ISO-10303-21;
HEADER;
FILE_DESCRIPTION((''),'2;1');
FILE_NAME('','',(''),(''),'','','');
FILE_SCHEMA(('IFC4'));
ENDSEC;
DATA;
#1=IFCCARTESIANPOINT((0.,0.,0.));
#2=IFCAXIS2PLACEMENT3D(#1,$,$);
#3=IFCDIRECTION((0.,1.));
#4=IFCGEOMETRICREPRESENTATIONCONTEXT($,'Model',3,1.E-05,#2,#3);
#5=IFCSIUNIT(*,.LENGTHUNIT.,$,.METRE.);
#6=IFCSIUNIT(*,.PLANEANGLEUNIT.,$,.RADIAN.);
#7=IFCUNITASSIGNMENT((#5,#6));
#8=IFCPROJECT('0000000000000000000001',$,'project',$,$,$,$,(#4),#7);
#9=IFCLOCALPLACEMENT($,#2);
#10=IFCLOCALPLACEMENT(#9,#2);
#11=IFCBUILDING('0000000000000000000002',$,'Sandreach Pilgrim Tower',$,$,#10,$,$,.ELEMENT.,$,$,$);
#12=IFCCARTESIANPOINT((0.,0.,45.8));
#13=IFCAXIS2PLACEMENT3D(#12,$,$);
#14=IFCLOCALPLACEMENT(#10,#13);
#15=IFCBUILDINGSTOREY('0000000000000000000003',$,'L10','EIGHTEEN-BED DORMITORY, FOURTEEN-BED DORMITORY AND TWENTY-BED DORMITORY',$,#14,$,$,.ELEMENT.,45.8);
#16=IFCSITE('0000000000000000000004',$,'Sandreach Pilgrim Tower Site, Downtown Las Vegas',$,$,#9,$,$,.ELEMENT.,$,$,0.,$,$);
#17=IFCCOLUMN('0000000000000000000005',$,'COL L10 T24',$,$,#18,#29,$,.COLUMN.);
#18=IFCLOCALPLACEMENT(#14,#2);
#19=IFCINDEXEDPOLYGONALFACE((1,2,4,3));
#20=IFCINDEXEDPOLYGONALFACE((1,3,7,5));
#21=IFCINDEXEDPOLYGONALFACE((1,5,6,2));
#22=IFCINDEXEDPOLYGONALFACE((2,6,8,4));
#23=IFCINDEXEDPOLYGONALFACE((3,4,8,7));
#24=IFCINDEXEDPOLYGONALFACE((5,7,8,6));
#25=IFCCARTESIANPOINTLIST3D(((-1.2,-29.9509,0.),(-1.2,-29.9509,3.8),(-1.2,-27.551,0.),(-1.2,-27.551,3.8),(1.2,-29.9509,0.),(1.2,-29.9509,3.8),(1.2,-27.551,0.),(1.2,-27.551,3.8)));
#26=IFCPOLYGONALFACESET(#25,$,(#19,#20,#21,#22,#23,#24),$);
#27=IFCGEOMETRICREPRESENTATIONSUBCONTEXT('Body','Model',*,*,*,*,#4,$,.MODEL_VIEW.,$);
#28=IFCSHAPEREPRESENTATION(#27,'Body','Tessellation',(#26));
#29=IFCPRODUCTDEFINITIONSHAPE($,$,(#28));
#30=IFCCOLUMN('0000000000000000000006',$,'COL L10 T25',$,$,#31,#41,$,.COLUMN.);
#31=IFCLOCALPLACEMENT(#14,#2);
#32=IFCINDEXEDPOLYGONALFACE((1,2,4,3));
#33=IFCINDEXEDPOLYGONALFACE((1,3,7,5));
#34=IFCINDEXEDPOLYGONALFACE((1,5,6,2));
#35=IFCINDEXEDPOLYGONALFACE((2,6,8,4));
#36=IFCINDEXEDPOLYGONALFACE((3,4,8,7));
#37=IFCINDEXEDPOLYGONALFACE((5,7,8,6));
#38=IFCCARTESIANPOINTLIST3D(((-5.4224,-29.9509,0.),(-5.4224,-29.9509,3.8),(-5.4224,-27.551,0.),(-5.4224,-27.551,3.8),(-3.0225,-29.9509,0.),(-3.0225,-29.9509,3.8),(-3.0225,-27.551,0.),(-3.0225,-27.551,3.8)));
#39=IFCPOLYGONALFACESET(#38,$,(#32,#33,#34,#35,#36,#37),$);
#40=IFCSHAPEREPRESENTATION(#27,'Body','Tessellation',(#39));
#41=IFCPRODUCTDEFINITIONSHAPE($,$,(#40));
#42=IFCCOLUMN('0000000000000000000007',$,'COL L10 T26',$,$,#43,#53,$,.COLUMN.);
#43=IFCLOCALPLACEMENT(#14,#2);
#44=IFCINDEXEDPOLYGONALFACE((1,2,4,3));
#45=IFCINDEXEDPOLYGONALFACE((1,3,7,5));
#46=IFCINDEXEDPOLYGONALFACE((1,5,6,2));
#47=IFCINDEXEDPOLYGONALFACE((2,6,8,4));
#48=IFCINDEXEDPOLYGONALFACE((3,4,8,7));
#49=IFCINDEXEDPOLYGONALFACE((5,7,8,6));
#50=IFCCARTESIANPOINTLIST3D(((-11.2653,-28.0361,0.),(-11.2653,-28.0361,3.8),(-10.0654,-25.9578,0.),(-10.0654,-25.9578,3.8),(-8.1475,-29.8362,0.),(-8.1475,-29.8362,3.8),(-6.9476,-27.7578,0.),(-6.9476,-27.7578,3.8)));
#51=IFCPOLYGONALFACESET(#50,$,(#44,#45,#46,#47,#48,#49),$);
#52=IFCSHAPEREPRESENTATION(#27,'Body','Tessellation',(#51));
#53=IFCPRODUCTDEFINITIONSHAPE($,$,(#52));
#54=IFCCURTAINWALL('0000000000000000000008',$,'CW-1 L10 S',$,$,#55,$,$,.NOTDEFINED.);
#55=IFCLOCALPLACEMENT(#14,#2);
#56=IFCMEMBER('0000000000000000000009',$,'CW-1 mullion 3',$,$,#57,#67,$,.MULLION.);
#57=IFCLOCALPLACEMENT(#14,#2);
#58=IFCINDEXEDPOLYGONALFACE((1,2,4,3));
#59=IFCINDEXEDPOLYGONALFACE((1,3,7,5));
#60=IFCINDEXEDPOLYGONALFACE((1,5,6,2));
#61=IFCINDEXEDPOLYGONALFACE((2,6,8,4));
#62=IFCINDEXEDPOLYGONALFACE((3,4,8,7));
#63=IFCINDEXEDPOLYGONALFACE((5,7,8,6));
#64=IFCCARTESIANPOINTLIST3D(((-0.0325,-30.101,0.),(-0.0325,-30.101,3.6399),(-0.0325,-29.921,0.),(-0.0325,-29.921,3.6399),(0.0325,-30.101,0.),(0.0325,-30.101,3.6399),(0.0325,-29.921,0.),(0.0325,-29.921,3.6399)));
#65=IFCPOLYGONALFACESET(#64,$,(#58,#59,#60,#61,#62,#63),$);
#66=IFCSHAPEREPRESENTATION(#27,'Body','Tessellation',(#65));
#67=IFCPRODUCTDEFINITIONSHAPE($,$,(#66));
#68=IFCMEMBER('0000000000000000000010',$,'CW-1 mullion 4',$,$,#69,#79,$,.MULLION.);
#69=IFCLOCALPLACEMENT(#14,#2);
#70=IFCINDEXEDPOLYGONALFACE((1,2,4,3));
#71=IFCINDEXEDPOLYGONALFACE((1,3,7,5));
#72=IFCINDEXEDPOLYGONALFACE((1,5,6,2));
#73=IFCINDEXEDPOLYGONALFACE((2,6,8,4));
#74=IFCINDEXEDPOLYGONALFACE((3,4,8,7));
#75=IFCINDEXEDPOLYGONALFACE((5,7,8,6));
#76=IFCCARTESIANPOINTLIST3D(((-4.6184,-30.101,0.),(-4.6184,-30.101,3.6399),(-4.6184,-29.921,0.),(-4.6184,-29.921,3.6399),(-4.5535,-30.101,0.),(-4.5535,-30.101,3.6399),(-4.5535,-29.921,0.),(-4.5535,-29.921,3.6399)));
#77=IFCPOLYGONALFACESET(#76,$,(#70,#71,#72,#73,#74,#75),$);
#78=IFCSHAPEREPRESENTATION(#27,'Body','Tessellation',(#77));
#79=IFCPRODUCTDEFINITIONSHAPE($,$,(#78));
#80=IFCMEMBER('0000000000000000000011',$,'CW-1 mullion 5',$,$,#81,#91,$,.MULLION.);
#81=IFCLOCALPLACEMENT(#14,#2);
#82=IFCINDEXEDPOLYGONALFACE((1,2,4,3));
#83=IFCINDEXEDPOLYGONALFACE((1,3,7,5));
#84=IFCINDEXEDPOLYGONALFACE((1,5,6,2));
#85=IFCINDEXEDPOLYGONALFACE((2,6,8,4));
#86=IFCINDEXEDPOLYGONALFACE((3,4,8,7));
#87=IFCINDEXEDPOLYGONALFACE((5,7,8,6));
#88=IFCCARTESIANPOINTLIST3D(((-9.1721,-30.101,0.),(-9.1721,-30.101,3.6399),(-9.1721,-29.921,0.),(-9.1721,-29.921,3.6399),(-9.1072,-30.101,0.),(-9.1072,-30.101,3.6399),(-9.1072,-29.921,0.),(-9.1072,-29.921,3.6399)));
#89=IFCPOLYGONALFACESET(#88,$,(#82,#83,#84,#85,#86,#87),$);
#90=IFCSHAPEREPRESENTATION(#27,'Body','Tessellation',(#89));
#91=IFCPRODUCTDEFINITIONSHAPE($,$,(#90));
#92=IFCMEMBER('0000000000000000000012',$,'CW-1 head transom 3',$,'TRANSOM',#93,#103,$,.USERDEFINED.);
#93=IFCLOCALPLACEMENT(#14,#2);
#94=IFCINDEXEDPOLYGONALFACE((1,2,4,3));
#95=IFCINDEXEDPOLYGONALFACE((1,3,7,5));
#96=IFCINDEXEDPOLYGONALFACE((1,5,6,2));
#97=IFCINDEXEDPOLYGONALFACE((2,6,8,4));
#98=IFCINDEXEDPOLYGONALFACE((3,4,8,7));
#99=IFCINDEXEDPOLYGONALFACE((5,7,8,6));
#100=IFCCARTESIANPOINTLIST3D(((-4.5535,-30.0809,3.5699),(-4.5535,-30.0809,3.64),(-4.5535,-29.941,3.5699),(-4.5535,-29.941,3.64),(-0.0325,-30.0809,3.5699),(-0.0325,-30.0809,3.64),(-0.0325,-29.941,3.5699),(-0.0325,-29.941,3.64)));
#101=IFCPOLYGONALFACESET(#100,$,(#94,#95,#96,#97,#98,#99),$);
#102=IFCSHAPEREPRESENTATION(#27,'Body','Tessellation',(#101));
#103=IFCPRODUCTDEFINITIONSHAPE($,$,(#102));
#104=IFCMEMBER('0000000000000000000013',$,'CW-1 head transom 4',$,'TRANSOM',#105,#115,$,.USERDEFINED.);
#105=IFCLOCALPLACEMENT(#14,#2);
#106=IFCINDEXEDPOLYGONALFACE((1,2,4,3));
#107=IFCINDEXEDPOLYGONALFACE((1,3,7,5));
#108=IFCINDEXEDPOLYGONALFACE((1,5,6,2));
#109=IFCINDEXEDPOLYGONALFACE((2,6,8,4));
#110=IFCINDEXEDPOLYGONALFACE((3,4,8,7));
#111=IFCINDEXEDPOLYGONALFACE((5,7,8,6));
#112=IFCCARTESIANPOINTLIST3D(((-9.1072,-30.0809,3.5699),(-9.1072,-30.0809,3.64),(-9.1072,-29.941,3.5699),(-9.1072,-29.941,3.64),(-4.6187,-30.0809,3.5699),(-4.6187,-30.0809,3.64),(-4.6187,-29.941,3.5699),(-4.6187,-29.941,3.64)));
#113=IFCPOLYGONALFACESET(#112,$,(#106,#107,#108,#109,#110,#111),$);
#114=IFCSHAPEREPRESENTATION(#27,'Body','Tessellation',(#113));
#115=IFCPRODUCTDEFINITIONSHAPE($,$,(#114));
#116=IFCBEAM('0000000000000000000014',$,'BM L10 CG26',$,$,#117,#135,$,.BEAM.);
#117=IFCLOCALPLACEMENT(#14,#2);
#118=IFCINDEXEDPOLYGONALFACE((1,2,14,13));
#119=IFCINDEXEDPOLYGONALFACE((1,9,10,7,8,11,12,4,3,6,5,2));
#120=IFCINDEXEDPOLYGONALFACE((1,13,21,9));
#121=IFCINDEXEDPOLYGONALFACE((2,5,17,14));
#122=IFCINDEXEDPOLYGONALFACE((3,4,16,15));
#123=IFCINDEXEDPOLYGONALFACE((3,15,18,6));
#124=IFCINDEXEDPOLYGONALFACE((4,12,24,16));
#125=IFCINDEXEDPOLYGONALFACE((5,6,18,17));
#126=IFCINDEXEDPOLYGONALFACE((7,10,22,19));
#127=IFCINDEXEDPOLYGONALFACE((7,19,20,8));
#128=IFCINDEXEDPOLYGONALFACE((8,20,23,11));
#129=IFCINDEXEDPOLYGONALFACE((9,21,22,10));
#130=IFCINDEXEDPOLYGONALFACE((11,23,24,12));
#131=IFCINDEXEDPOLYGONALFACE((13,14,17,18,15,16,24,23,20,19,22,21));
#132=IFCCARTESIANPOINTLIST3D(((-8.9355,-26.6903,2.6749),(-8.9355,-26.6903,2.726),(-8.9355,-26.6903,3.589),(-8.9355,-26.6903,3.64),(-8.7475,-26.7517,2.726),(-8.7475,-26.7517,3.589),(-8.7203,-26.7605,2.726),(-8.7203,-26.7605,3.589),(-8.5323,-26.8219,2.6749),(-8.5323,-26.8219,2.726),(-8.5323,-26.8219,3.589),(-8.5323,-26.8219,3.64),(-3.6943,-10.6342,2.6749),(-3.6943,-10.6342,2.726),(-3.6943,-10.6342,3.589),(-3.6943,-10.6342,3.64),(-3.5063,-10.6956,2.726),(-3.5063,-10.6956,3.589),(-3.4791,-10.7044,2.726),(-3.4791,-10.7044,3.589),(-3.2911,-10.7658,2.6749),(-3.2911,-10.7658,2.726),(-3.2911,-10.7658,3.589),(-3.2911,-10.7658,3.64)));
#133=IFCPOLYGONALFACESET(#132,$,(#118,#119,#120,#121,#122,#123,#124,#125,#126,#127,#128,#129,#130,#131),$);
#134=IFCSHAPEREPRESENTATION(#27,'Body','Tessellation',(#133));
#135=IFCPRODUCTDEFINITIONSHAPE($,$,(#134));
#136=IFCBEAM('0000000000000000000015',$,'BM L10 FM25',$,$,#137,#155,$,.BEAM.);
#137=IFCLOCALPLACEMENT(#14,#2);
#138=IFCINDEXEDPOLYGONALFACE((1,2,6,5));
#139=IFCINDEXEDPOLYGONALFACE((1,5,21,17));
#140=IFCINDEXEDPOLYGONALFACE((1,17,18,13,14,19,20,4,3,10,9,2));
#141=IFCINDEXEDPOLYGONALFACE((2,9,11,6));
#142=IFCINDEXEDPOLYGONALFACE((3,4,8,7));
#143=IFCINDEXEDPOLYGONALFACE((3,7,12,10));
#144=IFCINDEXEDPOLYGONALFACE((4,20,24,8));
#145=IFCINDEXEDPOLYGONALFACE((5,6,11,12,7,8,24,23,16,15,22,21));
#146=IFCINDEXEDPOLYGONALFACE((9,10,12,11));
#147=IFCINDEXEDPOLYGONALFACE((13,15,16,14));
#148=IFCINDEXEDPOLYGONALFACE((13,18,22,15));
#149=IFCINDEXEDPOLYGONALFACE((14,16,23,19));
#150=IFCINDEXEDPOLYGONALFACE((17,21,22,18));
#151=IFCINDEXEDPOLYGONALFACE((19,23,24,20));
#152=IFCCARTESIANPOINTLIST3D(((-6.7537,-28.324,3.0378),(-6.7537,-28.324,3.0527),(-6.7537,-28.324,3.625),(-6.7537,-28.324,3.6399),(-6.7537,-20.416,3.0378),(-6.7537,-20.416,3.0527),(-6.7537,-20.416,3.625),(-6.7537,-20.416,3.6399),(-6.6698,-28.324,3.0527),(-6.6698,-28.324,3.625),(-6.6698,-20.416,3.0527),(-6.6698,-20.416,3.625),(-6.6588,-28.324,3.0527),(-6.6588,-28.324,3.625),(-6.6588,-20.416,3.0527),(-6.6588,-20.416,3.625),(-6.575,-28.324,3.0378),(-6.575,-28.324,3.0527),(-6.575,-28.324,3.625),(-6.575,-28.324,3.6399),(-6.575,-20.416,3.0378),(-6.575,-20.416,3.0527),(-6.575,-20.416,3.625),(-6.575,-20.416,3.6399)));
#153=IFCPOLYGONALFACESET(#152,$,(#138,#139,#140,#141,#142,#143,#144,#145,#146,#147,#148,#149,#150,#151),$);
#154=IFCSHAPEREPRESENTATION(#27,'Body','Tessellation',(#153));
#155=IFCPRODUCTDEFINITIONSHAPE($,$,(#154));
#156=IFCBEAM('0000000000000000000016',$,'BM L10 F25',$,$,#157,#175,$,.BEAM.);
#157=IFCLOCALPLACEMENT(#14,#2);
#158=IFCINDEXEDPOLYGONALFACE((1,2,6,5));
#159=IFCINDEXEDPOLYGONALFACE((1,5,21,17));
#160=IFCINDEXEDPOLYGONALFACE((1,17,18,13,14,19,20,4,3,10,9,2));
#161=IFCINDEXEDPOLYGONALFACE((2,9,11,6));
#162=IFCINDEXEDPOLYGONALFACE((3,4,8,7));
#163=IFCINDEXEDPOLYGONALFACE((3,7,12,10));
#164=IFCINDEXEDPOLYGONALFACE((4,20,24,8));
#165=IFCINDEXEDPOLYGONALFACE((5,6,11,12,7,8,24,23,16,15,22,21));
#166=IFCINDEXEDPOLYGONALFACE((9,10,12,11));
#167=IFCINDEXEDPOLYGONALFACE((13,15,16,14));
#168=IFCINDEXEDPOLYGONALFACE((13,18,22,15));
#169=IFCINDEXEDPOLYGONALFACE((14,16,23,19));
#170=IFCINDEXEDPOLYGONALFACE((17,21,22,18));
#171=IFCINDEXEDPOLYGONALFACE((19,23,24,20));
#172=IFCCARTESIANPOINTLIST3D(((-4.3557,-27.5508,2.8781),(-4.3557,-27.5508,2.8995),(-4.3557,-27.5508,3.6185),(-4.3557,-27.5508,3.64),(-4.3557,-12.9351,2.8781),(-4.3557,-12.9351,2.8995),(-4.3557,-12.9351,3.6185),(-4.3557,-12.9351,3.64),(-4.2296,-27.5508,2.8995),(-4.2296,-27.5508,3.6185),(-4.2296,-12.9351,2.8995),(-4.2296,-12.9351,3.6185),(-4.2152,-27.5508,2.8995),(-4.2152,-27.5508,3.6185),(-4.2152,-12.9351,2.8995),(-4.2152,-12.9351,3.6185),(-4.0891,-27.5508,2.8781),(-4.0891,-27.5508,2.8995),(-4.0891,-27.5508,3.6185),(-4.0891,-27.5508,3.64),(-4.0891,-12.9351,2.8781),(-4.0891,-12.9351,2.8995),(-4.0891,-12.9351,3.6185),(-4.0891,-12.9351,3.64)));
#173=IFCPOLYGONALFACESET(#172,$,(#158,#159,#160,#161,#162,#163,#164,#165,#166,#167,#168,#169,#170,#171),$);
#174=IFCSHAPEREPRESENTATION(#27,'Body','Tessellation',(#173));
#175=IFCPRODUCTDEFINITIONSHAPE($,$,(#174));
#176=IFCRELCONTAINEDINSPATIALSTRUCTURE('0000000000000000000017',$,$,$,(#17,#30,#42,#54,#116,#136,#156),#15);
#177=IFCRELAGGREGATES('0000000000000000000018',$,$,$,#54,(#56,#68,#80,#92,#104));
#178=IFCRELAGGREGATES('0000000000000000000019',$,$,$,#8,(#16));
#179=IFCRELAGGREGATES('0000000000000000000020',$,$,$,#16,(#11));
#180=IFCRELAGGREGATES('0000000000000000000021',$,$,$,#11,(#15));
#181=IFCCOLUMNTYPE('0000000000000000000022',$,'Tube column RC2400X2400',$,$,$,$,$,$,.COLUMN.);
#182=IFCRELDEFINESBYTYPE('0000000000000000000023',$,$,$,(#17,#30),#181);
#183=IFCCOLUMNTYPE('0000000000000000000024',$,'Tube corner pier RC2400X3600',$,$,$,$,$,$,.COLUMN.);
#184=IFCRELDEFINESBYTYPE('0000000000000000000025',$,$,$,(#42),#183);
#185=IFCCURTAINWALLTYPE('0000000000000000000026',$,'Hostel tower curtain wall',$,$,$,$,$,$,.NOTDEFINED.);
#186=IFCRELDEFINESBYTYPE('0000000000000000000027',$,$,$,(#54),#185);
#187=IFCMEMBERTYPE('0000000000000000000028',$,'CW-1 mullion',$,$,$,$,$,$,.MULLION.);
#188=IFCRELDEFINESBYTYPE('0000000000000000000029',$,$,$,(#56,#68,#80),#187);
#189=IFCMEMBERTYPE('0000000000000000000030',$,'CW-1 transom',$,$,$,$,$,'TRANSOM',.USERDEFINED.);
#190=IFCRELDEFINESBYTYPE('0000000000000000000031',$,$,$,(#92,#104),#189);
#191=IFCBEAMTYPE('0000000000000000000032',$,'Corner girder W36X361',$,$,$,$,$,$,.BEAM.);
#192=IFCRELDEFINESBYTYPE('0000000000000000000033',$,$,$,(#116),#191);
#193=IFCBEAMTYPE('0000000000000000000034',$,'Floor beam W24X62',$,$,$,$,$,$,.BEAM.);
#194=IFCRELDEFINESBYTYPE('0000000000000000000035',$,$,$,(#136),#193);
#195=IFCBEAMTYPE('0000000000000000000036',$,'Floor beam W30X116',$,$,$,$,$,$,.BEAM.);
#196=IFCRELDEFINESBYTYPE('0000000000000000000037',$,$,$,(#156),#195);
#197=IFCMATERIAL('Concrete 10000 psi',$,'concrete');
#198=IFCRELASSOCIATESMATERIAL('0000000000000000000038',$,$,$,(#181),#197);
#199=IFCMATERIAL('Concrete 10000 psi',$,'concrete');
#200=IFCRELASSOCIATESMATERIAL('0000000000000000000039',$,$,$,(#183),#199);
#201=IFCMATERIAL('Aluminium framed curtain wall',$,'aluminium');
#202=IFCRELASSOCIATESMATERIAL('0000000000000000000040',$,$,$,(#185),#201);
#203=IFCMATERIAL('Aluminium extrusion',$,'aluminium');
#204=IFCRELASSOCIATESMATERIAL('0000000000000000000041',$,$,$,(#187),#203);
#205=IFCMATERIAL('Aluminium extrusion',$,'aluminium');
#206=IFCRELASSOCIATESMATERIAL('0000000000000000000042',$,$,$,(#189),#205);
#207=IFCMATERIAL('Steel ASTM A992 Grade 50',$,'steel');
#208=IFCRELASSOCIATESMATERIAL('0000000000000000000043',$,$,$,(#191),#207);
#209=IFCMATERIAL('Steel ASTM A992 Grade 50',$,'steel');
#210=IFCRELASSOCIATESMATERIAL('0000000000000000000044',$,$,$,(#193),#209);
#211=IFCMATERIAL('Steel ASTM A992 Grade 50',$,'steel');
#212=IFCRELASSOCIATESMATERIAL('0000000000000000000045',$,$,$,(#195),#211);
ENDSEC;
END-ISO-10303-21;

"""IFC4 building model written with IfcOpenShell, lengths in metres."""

from ifc_helpers import new_model, si_unit, direction, frame, origin, origin_2d, place, context, subcontext, project, spatial, rectangle, i_section, extrude, material, material_profile, profile_set, type_object, element, aggregate, save


model = new_model("IFC4")

# Units and contexts
model_context = context("Model", 3, precision=1e-05, world=origin(), true_north=direction((0.0, 1.0)))
body_context = subcontext(model_context, "Body", "Model", "MODEL_VIEW")
ifc_project = project(units=[si_unit("LENGTHUNIT", "METRE"), si_unit("PLANEANGLEUNIT", "RADIAN")], contexts=[model_context])

# Site, building, storey
site_placement = place(None, origin())
site = spatial("IfcSite", under=ifc_project, at=site_placement, Name="Sandreach Pilgrim Tower Site, Downtown Las Vegas", CompositionType="ELEMENT", RefElevation=0.0)
building_placement = place(site_placement, origin())
building = spatial("IfcBuilding", under=site, at=building_placement, Name="Sandreach Pilgrim Tower", CompositionType="ELEMENT")
storey_placement = place(building_placement, frame((0.0, 0.0, 45.8)))
storey = spatial("IfcBuildingStorey", under=building, at=storey_placement, Name="L10", Description="EIGHTEEN-BED DORMITORY, FOURTEEN-BED DORMITORY AND TWENTY-BED DORMITORY", CompositionType="ELEMENT", Elevation=45.8)

# Columns
ifc_material_1 = material(Name="Concrete 10000 psi", Category="concrete")
ifc_material_profile_1 = material_profile(ifc_material_1, rectangle(XDim=2.3999, YDim=2.3999, at=origin_2d()), Name="RC2400X2400")
ifc_profile_set_1 = profile_set([ifc_material_profile_1], Name="Concrete 10000 psi")
column_type_1 = type_object("IfcColumnType", Name="Tube column RC2400X2400", PredefinedType="COLUMN", material=ifc_profile_set_1)
for number, where, z_axis, x_axis, name in (
    (1, (0.0, -28.751, 0.0), (0.0, 0.0, 1.0), (0.0, -1.0, 0.0), "COL L10 T24"),
    (2, (-4.2224, -28.751, 0.0), (0.0, 0.0, 1.0), (0.0, -1.0, 0.0), "COL L10 T25"),
):
    element("IfcColumn", number, at=place(storey_placement, frame(where, z_axis=z_axis, x_axis=x_axis)), inside=storey, type_object=column_type_1, Name=name, PredefinedType="COLUMN", context=body_context, shape_type="SweptSolid", body=[
        extrude(rectangle(XDim=2.3999, YDim=2.3999, at=origin_2d()), origin(), (0.0, 0.0, 1.0), 3.8),
    ])
ifc_material_2 = material(Name="Concrete 10000 psi", Category="concrete")
ifc_material_profile_2 = material_profile(ifc_material_2, rectangle(XDim=2.3999, YDim=3.6001, at=origin_2d()), Name="RC2400X3600")
ifc_profile_set_2 = profile_set([ifc_material_profile_2], Name="Concrete 10000 psi")
column_type_2 = type_object("IfcColumnType", Name="Tube corner pier RC2400X3600", PredefinedType="COLUMN", material=ifc_profile_set_2)
column_placement = place(storey_placement, frame((-9.1064, -27.897, 0.0), z_axis=(0.0, 0.0, 1.0), x_axis=(-0.5, -0.866025, 0.0)))
element("IfcColumn", 3, at=column_placement, inside=storey, type_object=column_type_2, Name="COL L10 T26", PredefinedType="COLUMN", context=body_context, shape_type="SweptSolid", body=[
    extrude(rectangle(XDim=2.3999, YDim=3.6001, at=origin_2d()), origin(), (0.0, 0.0, 1.0), 3.8),
])

# Curtain wall, members
ifc_material_3 = material(Name="Aluminium framed curtain wall", Category="aluminium")
curtain_wall_type = type_object("IfcCurtainWallType", Name="Hostel tower curtain wall", PredefinedType="NOTDEFINED", material=ifc_material_3)
curtain_wall_placement = place(storey_placement, origin())
curtain_wall = element("IfcCurtainWall", 4, at=curtain_wall_placement, inside=storey, type_object=curtain_wall_type, Name="CW-1 L10 S", PredefinedType="NOTDEFINED")
ifc_material_4 = material(Name="Aluminium extrusion", Category="aluminium")
ifc_material_profile_3 = material_profile(ifc_material_4, rectangle(XDim=0.0649, YDim=0.1799, at=origin_2d()), Name="CW-1M 65X180")
ifc_profile_set_3 = profile_set([ifc_material_profile_3], Name="Aluminium extrusion")
member_type_1 = type_object("IfcMemberType", Name="CW-1 mullion", PredefinedType="MULLION", material=ifc_profile_set_3)
member_1_placement = place(storey_placement, frame((0.0, -30.011, 0.0), z_axis=(0.0, 0.0, 1.0), x_axis=(-1.0, 0.0, 0.0)))
member_1 = element("IfcMember", 5, at=member_1_placement, type_object=member_type_1, Name="CW-1 mullion 3", PredefinedType="MULLION", context=body_context, shape_type="SweptSolid", body=[
    extrude(rectangle(XDim=0.0649, YDim=0.1799, at=origin_2d()), origin(), (0.0, 0.0, 1.0), 3.6399),
])
member_2_placement = place(storey_placement, frame((-4.5859, -30.011, 0.0), z_axis=(0.0, 0.0, 1.0), x_axis=(-1.0, 0.0, 0.0)))
member_2 = element("IfcMember", 6, at=member_2_placement, type_object=member_type_1, Name="CW-1 mullion 4", PredefinedType="MULLION", context=body_context, shape_type="SweptSolid", body=[
    extrude(rectangle(XDim=0.0649, YDim=0.1799, at=origin_2d()), origin(), (0.0, 0.0, 1.0), 3.6399),
])
member_3_placement = place(storey_placement, frame((-9.1396, -30.011, 0.0), z_axis=(0.0, 0.0, 1.0), x_axis=(-1.0, 0.0, 0.0)))
member_3 = element("IfcMember", 7, at=member_3_placement, type_object=member_type_1, Name="CW-1 mullion 5", PredefinedType="MULLION", context=body_context, shape_type="SweptSolid", body=[
    extrude(rectangle(XDim=0.0649, YDim=0.1799, at=origin_2d()), origin(), (0.0, 0.0, 1.0), 3.6399),
])
ifc_material_5 = material(Name="Aluminium extrusion", Category="aluminium")
ifc_material_profile_4 = material_profile(ifc_material_5, rectangle(XDim=0.1399, YDim=0.0701, at=origin_2d()), Name="CW-1T 140X70")
ifc_profile_set_4 = profile_set([ifc_material_profile_4], Name="Aluminium extrusion")
member_type_2 = type_object("IfcMemberType", Name="CW-1 transom", ElementType="TRANSOM", PredefinedType="USERDEFINED", material=ifc_profile_set_4)
member_4_placement = place(storey_placement, frame((-0.0325, -30.011, 3.605), z_axis=(-1.0, 0.0, 0.0), x_axis=(0.0, -1.0, 0.0)))
member_4 = element("IfcMember", 8, at=member_4_placement, type_object=member_type_2, Name="CW-1 head transom 3", ObjectType="TRANSOM", PredefinedType="USERDEFINED", context=body_context, shape_type="SweptSolid", body=[
    extrude(rectangle(XDim=0.1399, YDim=0.0701, at=origin_2d()), origin(), (0.0, 0.0, 1.0), 4.521),
])
member_5_placement = place(storey_placement, frame((-4.6187, -30.011, 3.605), z_axis=(-1.0, 0.0, 0.0), x_axis=(0.0, -1.0, 0.0)))
member_5 = element("IfcMember", 9, at=member_5_placement, type_object=member_type_2, Name="CW-1 head transom 4", ObjectType="TRANSOM", PredefinedType="USERDEFINED", context=body_context, shape_type="SweptSolid", body=[
    extrude(rectangle(XDim=0.1399, YDim=0.0701, at=origin_2d()), origin(), (0.0, 0.0, 1.0), 4.4885),
])

# Beams
ifc_material_6 = material(Name="Steel ASTM A992 Grade 50", Category="steel")
ifc_material_profile_5 = material_profile(ifc_material_6, i_section(OverallWidth=0.4241, OverallDepth=0.9651, WebThickness=0.0286, FlangeThickness=0.051, at=origin_2d()), Name="W36X361")
ifc_profile_set_5 = profile_set([ifc_material_profile_5], Name="Steel ASTM A992 Grade 50")
beam_type_1 = type_object("IfcBeamType", Name="Corner girder W36X361", PredefinedType="BEAM", material=ifc_profile_set_5)
beam_1_placement = place(storey_placement, frame((-8.7339, -26.7561, 3.1575), z_axis=(0.310315, 0.950634, 0.0), x_axis=(-0.950634, 0.310315, 0.0)))
element("IfcBeam", 10, at=beam_1_placement, inside=storey, type_object=beam_type_1, Name="BM L10 CG26", PredefinedType="BEAM", context=body_context, shape_type="SweptSolid", body=[
    extrude(i_section(OverallWidth=0.4241, OverallDepth=0.9651, WebThickness=0.0286, FlangeThickness=0.051, at=origin_2d()), origin(), (0.0, 0.0, 1.0), 16.8899),
])
ifc_material_7 = material(Name="Steel ASTM A992 Grade 50", Category="steel")
ifc_material_profile_6 = material_profile(ifc_material_7, i_section(OverallWidth=0.1787, OverallDepth=0.6021, WebThickness=0.011, FlangeThickness=0.0149, at=origin_2d()), Name="W24X62")
ifc_profile_set_6 = profile_set([ifc_material_profile_6], Name="Steel ASTM A992 Grade 50")
beam_type_2 = type_object("IfcBeamType", Name="Floor beam W24X62", PredefinedType="BEAM", material=ifc_profile_set_6)
beam_2_placement = place(storey_placement, frame((-6.6643, -28.324, 3.3389), z_axis=(0.0, 1.0, 0.0), x_axis=(-1.0, 0.0, 0.0)))
element("IfcBeam", 11, at=beam_2_placement, inside=storey, type_object=beam_type_2, Name="BM L10 FM25", PredefinedType="BEAM", context=body_context, shape_type="SweptSolid", body=[
    extrude(i_section(OverallWidth=0.1787, OverallDepth=0.6021, WebThickness=0.011, FlangeThickness=0.0149, at=origin_2d()), origin(), (0.0, 0.0, 1.0), 7.908),
])
ifc_material_8 = material(Name="Steel ASTM A992 Grade 50", Category="steel")
ifc_material_profile_7 = material_profile(ifc_material_8, i_section(OverallWidth=0.2666, OverallDepth=0.762, WebThickness=0.0144, FlangeThickness=0.0215, at=origin_2d()), Name="W30X116")
ifc_profile_set_7 = profile_set([ifc_material_profile_7], Name="Steel ASTM A992 Grade 50")
beam_type_3 = type_object("IfcBeamType", Name="Floor beam W30X116", PredefinedType="BEAM", material=ifc_profile_set_7)
beam_3_placement = place(storey_placement, frame((-4.2224, -27.5508, 3.259), z_axis=(0.0, 1.0, 0.0), x_axis=(-1.0, 0.0, 0.0)))
element("IfcBeam", 12, at=beam_3_placement, inside=storey, type_object=beam_type_3, Name="BM L10 F25", PredefinedType="BEAM", context=body_context, shape_type="SweptSolid", body=[
    extrude(i_section(OverallWidth=0.2666, OverallDepth=0.762, WebThickness=0.0144, FlangeThickness=0.0215, at=origin_2d()), origin(), (0.0, 0.0, 1.0), 14.6157),
])

aggregate(curtain_wall, [member_1, member_2, member_3, member_4, member_5])

save(model, "model.ifc")
